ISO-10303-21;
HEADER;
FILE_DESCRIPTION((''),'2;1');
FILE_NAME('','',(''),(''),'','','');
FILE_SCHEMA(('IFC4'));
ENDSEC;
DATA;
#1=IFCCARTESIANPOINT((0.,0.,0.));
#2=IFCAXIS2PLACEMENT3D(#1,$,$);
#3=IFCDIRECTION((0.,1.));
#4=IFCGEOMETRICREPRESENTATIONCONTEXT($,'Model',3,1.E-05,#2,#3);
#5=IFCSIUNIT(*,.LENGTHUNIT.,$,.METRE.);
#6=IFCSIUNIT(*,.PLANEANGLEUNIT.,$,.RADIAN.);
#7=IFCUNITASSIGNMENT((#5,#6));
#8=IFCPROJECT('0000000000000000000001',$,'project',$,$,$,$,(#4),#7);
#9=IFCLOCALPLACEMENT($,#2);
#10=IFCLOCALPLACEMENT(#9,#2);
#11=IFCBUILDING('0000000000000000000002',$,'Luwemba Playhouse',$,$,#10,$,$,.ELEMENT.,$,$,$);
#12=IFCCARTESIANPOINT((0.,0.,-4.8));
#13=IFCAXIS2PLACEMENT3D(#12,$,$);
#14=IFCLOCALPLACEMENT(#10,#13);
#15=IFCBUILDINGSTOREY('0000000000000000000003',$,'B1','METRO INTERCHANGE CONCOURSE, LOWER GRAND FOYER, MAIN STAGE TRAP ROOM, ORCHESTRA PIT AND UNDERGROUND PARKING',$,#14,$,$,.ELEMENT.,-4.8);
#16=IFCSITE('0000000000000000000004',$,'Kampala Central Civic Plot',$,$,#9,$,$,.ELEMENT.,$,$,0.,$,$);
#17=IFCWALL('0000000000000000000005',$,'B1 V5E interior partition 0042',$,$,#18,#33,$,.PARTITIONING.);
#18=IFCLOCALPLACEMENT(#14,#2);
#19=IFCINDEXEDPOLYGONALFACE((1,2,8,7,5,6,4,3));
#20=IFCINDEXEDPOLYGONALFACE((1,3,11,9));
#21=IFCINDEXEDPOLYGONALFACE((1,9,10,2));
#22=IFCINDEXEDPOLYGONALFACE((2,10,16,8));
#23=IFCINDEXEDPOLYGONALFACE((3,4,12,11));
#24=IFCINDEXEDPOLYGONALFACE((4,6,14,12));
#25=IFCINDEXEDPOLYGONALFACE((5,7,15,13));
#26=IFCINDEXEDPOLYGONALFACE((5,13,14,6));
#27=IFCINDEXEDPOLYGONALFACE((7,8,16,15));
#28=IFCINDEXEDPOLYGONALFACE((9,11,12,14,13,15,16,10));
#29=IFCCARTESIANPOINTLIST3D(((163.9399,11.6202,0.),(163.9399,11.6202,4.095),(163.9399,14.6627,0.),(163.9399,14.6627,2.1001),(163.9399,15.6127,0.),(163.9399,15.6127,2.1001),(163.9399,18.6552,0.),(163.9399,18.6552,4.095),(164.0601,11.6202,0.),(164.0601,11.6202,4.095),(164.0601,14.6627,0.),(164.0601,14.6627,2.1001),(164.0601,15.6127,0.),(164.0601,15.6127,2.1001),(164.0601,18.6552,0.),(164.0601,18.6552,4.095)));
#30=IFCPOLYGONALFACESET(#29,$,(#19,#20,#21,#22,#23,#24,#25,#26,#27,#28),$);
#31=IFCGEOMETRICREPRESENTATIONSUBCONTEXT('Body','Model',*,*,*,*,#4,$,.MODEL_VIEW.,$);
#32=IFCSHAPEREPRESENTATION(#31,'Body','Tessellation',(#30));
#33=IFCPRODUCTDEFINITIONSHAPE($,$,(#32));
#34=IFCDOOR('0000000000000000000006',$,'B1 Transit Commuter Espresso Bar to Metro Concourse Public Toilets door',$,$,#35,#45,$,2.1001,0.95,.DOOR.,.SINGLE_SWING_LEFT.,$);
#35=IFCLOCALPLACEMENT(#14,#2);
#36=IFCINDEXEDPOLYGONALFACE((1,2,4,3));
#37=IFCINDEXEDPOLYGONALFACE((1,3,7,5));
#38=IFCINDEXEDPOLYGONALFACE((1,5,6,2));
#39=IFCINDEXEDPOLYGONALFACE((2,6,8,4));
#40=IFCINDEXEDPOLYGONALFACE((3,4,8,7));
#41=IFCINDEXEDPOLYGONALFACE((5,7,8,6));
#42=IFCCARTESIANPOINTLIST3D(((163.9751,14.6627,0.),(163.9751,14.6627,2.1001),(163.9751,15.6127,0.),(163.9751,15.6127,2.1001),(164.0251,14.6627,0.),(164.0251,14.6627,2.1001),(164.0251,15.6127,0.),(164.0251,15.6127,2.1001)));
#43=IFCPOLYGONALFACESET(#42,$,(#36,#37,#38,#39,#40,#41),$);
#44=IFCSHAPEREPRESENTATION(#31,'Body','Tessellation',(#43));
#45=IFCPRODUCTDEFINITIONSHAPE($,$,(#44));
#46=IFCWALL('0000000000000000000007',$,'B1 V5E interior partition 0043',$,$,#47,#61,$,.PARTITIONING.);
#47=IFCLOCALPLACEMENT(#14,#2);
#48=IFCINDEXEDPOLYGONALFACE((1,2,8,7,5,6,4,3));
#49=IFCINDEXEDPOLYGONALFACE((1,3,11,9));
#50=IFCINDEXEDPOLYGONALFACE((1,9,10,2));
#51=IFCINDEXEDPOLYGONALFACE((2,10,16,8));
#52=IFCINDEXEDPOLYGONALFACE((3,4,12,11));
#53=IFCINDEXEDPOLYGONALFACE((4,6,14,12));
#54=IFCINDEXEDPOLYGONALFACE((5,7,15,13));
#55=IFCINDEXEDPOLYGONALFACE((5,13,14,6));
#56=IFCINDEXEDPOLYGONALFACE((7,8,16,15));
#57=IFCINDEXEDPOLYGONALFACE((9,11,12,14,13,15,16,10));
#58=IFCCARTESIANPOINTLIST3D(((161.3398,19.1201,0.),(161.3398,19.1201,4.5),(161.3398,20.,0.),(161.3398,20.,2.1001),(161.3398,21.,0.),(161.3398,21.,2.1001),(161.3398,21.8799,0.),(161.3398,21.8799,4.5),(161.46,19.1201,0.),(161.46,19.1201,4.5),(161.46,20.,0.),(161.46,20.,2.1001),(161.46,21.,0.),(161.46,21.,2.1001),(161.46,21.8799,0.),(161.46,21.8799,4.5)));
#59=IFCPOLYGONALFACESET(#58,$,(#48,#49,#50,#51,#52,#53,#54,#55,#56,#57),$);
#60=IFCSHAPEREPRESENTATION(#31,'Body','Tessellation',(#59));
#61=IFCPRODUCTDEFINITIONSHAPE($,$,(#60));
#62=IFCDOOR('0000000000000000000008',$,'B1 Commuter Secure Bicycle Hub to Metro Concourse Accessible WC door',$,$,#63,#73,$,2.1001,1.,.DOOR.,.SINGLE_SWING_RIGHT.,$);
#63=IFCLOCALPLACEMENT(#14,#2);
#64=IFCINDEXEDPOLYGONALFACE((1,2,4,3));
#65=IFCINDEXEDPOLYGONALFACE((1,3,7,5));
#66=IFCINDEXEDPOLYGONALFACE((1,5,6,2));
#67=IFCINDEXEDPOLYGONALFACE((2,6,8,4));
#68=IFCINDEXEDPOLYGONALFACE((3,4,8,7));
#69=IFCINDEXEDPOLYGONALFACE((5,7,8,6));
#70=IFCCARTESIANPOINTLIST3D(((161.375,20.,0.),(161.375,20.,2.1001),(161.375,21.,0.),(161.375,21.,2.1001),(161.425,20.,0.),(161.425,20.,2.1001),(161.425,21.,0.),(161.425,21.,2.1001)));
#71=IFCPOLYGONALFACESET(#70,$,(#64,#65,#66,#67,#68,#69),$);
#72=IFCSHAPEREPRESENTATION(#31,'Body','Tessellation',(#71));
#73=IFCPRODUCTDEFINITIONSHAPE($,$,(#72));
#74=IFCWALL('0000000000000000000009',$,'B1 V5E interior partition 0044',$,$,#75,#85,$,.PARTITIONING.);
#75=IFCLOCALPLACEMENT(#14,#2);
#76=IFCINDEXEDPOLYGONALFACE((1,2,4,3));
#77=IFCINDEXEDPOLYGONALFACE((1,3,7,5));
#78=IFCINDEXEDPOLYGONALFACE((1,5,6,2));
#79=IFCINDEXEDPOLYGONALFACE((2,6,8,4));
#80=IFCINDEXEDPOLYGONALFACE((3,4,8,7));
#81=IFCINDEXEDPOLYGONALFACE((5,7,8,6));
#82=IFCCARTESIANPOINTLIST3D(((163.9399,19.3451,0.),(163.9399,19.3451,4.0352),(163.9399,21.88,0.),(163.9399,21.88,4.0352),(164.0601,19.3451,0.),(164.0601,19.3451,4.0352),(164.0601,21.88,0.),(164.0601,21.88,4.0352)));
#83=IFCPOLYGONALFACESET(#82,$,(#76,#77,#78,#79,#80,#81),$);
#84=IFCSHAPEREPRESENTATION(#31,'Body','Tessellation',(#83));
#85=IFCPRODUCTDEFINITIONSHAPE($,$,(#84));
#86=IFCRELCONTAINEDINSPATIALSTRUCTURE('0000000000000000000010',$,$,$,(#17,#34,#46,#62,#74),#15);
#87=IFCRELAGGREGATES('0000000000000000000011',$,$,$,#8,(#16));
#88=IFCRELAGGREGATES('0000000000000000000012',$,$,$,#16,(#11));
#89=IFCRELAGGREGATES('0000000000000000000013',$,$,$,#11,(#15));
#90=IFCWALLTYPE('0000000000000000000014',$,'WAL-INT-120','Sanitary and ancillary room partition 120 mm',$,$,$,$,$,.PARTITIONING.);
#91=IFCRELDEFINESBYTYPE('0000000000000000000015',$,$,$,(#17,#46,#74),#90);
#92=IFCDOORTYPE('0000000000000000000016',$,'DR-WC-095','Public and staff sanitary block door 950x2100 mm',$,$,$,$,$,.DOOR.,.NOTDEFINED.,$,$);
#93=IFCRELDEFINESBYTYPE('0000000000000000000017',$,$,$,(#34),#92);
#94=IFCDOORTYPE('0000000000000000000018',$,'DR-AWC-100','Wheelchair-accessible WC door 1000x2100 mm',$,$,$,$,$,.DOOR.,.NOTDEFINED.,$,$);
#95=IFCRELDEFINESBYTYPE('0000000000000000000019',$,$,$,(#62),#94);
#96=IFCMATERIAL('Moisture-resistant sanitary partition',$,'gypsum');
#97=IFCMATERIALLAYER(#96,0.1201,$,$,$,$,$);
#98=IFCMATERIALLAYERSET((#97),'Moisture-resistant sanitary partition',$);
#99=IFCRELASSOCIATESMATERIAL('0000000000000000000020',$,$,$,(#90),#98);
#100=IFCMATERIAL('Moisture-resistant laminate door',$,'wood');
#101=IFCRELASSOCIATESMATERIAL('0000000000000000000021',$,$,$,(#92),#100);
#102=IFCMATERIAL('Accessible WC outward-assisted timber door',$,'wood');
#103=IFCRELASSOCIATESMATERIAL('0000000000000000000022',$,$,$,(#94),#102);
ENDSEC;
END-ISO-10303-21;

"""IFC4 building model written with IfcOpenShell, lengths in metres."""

from ifc_helpers import new_model, si_unit, direction, frame, frame_2d, origin, place, context, subcontext, project, spatial, rectangle, extrude, material, layer, layer_set, type_object, element, fill, save


model = new_model("IFC4")

# Units and contexts
model_context = context("Model", 3, precision=1e-05, world=origin(), true_north=direction((0.0, 1.0)))
body_context = subcontext(model_context, "Body", "Model", "MODEL_VIEW")
ifc_project = project(units=[si_unit("LENGTHUNIT", "METRE"), si_unit("PLANEANGLEUNIT", "RADIAN")], contexts=[model_context])

# Site, building, storey
site_placement = place(None, origin())
site = spatial("IfcSite", under=ifc_project, at=site_placement, Name="Kampala Central Civic Plot", CompositionType="ELEMENT", RefElevation=0.0)
building_placement = place(site_placement, origin())
building = spatial("IfcBuilding", under=site, at=building_placement, Name="Luwemba Playhouse", CompositionType="ELEMENT")
storey_placement = place(building_placement, frame((0.0, 0.0, -4.8)))
storey = spatial("IfcBuildingStorey", under=building, at=storey_placement, Name="B1", Description="METRO INTERCHANGE CONCOURSE, LOWER GRAND FOYER, MAIN STAGE TRAP ROOM, ORCHESTRA PIT AND UNDERGROUND PARKING", CompositionType="ELEMENT", Elevation=-4.8)

# Shared definitions
ifc_material_1 = material(Name="Moisture-resistant sanitary partition", Category="gypsum")
ifc_layer = layer(ifc_material_1, 0.1201)
ifc_layer_set = layer_set([ifc_layer], Name="Moisture-resistant sanitary partition")
wall_type = type_object("IfcWallType", Name="WAL-INT-120", Description="Sanitary and ancillary room partition 120 mm", PredefinedType="PARTITIONING", material=ifc_layer_set)

# Walls, openings, doors
wall_1_placement = place(storey_placement, frame((164.0, 11.6201, 0.0), z_axis=(0.0, 0.0, 1.0), x_axis=(0.0, 1.0, 0.0)))
wall_1 = element("IfcWall", 1, at=wall_1_placement, inside=storey, type_object=wall_type, Name="B1 V5E interior partition 0042", PredefinedType="PARTITIONING", context=body_context, shape_type="SweptSolid", body=[
    extrude(rectangle(XDim=7.0349, YDim=0.1201, at=frame_2d((3.5176, 0.0))), origin(), (0.0, 0.0, 1.0), 4.095),
])
opening_1_placement = place(wall_1_placement, frame((3.0425, 0.0, 0.0)))
opening_1 = element("IfcOpeningElement", 2, at=opening_1_placement, cuts=wall_1, PredefinedType="OPENING", context=body_context, shape_type="SweptSolid", body=[
    extrude(rectangle(XDim=0.95, YDim=2.1001, at=frame_2d((0.4751, 1.05))), frame((0.0, 0.0701, 0.0), z_axis=(0.0, -1.0, 0.0), x_axis=(1.0, 0.0, 0.0)), (0.0, 0.0, 1.0), 0.1401),
])
ifc_material_2 = material(Name="Moisture-resistant laminate door", Category="wood")
door_type_1 = type_object("IfcDoorType", Name="DR-WC-095", Description="Public and staff sanitary block door 950x2100 mm", OperationType="NOTDEFINED", PredefinedType="DOOR", material=ifc_material_2)
door_1_placement = place(opening_1_placement, origin())
door_1 = element("IfcDoor", 3, at=door_1_placement, inside=storey, type_object=door_type_1, Name="B1 Transit Commuter Espresso Bar to Metro Concourse Public Toilets door", OperationType="SINGLE_SWING_LEFT", OverallHeight=2.1001, OverallWidth=0.95, PredefinedType="DOOR", context=body_context, shape_type="SweptSolid", body=[
    extrude(rectangle(XDim=0.95, YDim=2.1001, at=frame_2d((0.4751, 1.05))), frame((0.0, 0.0249, 0.0), z_axis=(0.0, -1.0, 0.0), x_axis=(1.0, 0.0, 0.0)), (0.0, 0.0, 1.0), 0.05),
])
fill(opening_1, door_1)
wall_2_placement = place(storey_placement, frame((161.3999, 19.1201, 0.0), z_axis=(0.0, 0.0, 1.0), x_axis=(0.0, 1.0, 0.0)))
wall_2 = element("IfcWall", 4, at=wall_2_placement, inside=storey, type_object=wall_type, Name="B1 V5E interior partition 0043", PredefinedType="PARTITIONING", context=body_context, shape_type="SweptSolid", body=[
    extrude(rectangle(XDim=2.7598, YDim=0.1201, at=frame_2d((1.3799, 0.0))), origin(), (0.0, 0.0, 1.0), 4.5),
])
opening_2_placement = place(wall_2_placement, frame((0.8799, 0.0, 0.0)))
opening_2 = element("IfcOpeningElement", 5, at=opening_2_placement, cuts=wall_2, PredefinedType="OPENING", context=body_context, shape_type="SweptSolid", body=[
    extrude(rectangle(XDim=1.0, YDim=2.1001, at=frame_2d((0.5, 1.05))), frame((0.0, 0.0701, 0.0), z_axis=(0.0, -1.0, 0.0), x_axis=(1.0, 0.0, 0.0)), (0.0, 0.0, 1.0), 0.1401),
])
ifc_material_3 = material(Name="Accessible WC outward-assisted timber door", Category="wood")
door_type_2 = type_object("IfcDoorType", Name="DR-AWC-100", Description="Wheelchair-accessible WC door 1000x2100 mm", OperationType="NOTDEFINED", PredefinedType="DOOR", material=ifc_material_3)
door_2_placement = place(opening_2_placement, origin())
door_2 = element("IfcDoor", 6, at=door_2_placement, inside=storey, type_object=door_type_2, Name="B1 Commuter Secure Bicycle Hub to Metro Concourse Accessible WC door", OperationType="SINGLE_SWING_RIGHT", OverallHeight=2.1001, OverallWidth=1.0, PredefinedType="DOOR", context=body_context, shape_type="SweptSolid", body=[
    extrude(rectangle(XDim=1.0, YDim=2.1001, at=frame_2d((0.5, 1.05))), frame((0.0, 0.0249, 0.0), z_axis=(0.0, -1.0, 0.0), x_axis=(1.0, 0.0, 0.0)), (0.0, 0.0, 1.0), 0.05),
])
fill(opening_2, door_2)

# Wall
wall_3_placement = place(storey_placement, frame((164.0, 19.345, 0.0), z_axis=(0.0, 0.0, 1.0), x_axis=(0.0, 1.0, 0.0)))
element("IfcWall", 7, at=wall_3_placement, inside=storey, type_object=wall_type, Name="B1 V5E interior partition 0044", PredefinedType="PARTITIONING", context=body_context, shape_type="SweptSolid", body=[
    extrude(rectangle(XDim=2.5349, YDim=0.1201, at=frame_2d((1.2676, 0.0))), origin(), (0.0, 0.0, 1.0), 4.0352),
])

save(model, "model.ifc")
